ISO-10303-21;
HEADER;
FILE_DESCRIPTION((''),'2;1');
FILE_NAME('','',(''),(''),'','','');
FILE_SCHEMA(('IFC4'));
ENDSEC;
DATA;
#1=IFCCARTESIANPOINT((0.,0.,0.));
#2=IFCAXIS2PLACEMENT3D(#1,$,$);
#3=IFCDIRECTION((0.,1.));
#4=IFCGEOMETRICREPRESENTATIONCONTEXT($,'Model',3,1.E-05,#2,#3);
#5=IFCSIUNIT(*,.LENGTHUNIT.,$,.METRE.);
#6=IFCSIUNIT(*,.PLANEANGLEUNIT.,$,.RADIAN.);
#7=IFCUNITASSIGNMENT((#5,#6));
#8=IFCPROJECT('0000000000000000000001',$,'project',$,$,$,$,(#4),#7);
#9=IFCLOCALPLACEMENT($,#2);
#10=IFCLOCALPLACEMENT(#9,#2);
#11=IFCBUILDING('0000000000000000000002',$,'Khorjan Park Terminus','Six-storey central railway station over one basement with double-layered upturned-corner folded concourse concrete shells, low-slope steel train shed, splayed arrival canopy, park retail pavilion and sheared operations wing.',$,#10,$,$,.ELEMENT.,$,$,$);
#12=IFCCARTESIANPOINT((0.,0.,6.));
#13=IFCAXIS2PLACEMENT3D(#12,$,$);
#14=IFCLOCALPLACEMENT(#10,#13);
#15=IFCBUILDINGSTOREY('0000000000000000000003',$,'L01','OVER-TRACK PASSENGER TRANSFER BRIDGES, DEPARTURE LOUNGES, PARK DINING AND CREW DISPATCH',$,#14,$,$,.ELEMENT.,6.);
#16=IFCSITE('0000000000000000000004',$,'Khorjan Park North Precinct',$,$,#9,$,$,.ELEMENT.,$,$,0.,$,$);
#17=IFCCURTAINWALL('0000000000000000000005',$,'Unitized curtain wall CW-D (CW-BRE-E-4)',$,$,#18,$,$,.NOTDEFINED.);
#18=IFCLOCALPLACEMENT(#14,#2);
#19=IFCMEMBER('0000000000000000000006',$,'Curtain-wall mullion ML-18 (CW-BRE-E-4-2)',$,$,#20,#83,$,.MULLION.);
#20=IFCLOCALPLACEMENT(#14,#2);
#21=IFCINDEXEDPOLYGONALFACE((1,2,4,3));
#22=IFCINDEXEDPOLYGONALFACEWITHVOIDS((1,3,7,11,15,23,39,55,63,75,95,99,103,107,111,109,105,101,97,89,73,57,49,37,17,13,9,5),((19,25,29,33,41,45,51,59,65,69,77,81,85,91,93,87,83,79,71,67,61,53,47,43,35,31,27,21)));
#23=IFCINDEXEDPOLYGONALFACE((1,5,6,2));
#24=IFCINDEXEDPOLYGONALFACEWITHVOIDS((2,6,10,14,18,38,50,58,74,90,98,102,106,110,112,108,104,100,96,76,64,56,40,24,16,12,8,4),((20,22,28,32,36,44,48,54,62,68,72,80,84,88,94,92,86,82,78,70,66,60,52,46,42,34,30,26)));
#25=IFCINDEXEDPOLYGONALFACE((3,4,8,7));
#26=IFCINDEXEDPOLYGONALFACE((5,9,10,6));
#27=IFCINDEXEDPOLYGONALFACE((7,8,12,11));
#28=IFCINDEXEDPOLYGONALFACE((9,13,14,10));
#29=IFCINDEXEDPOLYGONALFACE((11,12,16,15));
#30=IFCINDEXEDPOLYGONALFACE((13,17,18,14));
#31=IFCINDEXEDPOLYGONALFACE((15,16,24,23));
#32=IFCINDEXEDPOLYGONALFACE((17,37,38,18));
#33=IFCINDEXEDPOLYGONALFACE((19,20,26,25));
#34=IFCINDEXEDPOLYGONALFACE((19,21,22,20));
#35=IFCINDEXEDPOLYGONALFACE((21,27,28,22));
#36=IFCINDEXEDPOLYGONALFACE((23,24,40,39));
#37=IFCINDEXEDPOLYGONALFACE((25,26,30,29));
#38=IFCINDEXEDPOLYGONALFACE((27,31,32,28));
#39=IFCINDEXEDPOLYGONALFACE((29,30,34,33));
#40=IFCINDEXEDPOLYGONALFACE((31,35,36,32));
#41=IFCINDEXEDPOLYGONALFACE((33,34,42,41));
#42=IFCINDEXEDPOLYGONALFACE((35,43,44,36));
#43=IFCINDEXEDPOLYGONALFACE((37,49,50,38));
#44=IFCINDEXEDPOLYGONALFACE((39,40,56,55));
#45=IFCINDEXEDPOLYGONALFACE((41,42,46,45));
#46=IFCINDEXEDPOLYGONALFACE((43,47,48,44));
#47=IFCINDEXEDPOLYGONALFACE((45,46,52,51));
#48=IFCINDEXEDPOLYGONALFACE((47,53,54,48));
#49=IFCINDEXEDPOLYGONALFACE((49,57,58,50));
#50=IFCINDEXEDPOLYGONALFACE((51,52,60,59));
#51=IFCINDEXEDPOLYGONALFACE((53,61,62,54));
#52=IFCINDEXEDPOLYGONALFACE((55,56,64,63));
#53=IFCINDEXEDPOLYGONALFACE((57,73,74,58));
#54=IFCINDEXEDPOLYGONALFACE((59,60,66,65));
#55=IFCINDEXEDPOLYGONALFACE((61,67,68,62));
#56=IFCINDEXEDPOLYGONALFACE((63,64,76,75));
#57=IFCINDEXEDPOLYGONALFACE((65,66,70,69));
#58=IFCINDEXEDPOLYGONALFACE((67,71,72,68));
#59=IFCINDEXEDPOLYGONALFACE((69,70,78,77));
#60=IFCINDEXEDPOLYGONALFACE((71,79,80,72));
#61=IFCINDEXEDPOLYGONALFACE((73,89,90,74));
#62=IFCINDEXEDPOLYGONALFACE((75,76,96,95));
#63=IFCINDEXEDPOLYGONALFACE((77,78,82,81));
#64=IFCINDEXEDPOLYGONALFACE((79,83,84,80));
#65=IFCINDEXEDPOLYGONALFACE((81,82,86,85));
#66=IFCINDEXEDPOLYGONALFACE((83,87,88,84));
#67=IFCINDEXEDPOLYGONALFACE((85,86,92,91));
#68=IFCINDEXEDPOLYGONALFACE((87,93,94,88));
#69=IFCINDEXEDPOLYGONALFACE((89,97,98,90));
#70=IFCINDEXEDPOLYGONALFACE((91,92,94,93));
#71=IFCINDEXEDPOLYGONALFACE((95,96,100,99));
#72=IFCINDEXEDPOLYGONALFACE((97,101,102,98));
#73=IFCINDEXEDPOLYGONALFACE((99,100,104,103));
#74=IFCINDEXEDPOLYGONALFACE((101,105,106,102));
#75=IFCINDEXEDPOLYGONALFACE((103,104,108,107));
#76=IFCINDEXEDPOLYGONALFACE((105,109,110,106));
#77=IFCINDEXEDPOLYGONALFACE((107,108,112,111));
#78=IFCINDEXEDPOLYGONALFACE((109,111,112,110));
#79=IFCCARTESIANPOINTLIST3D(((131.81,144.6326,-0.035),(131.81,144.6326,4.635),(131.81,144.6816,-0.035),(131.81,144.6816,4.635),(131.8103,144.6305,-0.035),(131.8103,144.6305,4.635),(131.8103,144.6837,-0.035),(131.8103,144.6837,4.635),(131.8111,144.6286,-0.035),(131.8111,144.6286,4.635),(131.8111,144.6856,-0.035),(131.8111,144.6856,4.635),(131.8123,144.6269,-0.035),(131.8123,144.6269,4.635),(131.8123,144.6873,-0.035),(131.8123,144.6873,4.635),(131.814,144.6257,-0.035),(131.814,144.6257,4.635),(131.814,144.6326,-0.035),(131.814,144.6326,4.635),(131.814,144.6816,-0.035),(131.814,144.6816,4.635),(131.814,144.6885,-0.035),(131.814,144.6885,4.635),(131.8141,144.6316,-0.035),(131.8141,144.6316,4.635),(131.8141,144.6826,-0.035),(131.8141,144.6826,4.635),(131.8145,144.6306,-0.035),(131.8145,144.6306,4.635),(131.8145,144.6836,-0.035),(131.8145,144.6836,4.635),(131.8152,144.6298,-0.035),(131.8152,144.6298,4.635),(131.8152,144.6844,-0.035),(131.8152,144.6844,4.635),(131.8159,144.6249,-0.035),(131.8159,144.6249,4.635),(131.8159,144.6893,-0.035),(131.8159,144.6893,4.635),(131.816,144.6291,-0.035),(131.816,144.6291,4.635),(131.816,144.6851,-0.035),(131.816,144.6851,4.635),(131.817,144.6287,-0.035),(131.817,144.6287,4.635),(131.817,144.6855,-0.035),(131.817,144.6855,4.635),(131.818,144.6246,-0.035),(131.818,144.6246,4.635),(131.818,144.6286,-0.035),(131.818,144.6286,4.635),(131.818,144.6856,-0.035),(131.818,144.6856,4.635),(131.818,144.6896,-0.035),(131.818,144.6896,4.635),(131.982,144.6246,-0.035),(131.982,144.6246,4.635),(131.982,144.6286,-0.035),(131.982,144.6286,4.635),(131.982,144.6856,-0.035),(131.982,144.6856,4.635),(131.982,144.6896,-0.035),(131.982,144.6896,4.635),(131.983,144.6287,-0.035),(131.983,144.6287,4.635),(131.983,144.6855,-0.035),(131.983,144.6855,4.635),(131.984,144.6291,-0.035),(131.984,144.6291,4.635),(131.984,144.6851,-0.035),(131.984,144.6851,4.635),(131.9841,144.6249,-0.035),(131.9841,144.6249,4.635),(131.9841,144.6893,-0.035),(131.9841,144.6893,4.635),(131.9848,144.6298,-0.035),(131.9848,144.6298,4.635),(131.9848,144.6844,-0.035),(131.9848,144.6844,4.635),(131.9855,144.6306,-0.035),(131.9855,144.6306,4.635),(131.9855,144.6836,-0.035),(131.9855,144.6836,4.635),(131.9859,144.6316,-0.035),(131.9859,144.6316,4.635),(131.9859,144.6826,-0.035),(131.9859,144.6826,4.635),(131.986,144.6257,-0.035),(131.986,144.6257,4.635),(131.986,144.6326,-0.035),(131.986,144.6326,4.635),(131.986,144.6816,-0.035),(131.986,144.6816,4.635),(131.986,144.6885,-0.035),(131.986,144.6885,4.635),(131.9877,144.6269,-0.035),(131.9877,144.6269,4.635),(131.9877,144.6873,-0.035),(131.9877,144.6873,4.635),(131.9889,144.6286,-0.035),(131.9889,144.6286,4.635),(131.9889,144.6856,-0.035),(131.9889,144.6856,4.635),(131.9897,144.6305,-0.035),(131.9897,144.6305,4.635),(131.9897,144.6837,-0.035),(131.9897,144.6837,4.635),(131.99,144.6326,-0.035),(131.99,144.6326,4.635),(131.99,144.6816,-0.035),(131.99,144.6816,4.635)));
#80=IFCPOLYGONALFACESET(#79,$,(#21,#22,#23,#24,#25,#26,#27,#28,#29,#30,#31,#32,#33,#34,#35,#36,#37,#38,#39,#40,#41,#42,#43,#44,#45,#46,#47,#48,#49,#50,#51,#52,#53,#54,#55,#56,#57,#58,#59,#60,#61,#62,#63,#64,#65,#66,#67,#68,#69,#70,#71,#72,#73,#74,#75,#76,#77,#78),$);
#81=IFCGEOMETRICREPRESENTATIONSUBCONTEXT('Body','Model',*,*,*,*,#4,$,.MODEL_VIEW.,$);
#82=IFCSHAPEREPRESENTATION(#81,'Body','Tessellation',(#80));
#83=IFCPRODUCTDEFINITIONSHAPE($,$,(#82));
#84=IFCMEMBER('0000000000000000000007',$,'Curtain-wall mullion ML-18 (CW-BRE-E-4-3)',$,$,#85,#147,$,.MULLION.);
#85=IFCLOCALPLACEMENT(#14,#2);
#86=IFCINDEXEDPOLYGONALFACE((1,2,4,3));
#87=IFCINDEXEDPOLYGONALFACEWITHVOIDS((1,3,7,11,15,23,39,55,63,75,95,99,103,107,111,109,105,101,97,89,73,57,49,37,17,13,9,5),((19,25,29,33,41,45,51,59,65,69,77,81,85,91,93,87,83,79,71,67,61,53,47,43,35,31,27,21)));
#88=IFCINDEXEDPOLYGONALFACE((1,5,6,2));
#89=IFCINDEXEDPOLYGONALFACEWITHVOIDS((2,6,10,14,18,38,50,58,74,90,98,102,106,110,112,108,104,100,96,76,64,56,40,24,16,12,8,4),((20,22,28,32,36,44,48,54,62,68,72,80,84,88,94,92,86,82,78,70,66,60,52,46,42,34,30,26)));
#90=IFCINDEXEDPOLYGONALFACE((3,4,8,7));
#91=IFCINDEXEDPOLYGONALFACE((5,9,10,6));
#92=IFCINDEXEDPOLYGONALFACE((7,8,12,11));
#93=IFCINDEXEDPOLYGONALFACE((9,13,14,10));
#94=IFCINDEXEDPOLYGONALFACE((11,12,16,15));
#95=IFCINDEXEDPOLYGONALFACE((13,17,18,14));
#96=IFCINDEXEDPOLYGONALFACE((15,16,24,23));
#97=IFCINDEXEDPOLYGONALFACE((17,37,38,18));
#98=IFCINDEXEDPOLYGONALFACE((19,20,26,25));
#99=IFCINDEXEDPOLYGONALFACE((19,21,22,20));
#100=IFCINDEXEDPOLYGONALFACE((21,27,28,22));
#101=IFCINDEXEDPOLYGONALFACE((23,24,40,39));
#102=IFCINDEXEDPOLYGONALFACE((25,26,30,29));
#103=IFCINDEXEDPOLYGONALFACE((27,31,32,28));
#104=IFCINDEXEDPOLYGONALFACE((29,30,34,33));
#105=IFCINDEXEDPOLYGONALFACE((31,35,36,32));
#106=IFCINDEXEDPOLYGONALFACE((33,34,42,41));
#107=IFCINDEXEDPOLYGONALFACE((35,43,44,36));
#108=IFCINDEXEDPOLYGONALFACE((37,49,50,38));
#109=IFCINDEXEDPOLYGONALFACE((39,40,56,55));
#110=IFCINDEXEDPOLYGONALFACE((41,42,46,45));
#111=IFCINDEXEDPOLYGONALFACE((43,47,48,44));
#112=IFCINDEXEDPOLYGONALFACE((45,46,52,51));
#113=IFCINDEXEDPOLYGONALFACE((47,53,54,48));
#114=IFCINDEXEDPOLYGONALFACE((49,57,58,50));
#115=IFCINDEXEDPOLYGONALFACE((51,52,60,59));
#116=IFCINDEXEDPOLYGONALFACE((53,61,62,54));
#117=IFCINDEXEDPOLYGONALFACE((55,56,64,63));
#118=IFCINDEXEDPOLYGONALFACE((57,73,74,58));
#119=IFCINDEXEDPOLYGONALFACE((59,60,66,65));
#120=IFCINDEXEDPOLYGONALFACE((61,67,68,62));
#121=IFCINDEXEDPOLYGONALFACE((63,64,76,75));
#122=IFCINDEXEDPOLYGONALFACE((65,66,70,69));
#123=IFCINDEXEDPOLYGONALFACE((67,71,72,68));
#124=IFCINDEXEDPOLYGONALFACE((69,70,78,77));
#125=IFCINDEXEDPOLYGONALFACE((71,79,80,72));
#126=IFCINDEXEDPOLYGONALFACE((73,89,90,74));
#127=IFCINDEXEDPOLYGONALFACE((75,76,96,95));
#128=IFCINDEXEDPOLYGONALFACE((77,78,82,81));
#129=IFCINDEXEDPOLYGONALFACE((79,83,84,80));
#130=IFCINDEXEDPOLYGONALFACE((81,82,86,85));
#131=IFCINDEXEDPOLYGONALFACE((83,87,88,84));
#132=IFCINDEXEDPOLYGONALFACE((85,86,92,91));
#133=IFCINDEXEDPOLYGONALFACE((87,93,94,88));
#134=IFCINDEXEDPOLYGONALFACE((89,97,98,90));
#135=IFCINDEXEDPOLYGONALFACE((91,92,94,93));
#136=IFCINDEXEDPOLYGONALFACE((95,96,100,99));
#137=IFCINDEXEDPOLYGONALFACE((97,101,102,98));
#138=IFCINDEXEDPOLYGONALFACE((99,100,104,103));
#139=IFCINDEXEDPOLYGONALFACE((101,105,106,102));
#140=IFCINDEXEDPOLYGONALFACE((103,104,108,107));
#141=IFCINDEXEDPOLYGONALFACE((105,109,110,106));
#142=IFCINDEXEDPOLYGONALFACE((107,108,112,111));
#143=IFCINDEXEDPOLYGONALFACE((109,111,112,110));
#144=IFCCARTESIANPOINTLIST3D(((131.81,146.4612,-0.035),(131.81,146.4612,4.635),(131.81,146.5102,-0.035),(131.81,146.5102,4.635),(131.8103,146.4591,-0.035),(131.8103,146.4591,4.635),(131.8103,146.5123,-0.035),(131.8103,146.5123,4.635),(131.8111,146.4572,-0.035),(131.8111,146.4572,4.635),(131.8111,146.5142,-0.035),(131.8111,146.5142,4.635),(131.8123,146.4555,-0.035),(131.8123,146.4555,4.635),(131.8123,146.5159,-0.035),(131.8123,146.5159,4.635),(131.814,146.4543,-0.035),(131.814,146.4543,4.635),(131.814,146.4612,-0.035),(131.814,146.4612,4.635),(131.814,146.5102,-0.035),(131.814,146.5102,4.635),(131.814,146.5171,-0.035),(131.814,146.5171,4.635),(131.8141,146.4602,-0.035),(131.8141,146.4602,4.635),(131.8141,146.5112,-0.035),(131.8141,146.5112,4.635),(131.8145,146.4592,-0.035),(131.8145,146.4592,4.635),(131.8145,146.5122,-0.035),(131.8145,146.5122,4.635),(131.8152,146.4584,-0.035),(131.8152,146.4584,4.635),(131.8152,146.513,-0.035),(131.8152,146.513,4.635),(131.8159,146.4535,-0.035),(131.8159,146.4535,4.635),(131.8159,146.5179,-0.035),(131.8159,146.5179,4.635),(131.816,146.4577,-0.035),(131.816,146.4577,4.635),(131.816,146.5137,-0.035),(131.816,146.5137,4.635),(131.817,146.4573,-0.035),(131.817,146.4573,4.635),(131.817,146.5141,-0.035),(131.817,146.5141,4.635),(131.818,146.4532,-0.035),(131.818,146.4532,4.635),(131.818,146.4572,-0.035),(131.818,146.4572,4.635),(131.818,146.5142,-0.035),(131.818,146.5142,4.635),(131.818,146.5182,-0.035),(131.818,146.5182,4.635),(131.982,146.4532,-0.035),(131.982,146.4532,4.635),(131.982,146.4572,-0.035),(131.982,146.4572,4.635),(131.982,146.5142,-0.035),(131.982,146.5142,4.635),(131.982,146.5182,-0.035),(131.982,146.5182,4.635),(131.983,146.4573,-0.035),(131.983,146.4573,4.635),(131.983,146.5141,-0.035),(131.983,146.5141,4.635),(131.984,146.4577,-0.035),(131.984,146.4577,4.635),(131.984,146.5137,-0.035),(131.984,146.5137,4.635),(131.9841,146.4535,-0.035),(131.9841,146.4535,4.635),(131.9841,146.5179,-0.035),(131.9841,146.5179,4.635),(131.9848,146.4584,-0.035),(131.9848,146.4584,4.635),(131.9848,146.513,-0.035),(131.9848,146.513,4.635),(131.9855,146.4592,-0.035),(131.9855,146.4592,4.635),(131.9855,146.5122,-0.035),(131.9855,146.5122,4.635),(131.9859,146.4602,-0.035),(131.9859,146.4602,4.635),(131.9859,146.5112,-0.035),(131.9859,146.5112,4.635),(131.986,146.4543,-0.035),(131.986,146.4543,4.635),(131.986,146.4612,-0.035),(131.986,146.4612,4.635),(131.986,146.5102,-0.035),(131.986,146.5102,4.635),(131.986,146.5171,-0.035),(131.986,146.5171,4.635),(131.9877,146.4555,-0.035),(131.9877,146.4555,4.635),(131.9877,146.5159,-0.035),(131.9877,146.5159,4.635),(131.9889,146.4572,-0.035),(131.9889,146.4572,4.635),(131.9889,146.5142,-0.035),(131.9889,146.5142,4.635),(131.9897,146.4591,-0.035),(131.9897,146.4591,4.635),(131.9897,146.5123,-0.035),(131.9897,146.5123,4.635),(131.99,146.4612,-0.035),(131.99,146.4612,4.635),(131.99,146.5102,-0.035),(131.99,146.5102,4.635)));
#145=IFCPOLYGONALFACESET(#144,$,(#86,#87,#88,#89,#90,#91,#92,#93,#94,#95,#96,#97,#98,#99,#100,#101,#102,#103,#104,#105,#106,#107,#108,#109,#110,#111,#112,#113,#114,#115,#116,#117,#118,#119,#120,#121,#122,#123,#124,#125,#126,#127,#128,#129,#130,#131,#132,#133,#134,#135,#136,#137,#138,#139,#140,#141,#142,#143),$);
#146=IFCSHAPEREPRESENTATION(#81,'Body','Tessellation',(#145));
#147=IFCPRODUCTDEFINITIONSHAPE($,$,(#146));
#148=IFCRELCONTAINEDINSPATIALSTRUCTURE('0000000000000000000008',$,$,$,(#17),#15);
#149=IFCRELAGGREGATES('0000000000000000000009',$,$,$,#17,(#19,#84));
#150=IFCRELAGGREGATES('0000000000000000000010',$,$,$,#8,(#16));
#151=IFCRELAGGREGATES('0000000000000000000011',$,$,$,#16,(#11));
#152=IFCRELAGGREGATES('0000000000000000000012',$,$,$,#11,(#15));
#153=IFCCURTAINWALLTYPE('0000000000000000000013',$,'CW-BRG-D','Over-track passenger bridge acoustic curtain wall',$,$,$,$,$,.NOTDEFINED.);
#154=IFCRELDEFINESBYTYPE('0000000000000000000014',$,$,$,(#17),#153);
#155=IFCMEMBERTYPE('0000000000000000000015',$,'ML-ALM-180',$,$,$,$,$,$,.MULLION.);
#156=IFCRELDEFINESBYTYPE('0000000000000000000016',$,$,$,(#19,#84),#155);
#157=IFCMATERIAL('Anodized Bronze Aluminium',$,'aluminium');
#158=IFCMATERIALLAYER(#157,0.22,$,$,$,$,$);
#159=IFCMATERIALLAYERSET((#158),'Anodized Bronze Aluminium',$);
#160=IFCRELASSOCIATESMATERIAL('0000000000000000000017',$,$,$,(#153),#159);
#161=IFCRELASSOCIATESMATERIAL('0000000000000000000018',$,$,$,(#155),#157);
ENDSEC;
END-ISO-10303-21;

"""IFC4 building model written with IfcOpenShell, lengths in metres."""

from ifc_helpers import new_model, si_unit, direction, frame, origin, origin_2d, place, context, subcontext, project, spatial, hollow_rectangle, extrude, material, layer, layer_set, material_profile, profile_set, type_object, element, aggregate, save


model = new_model("IFC4")

# Units and contexts
model_context = context("Model", 3, precision=1e-05, world=origin(), true_north=direction((0.0, 1.0)))
body_context = subcontext(model_context, "Body", "Model", "MODEL_VIEW")
ifc_project = project(units=[si_unit("LENGTHUNIT", "METRE"), si_unit("PLANEANGLEUNIT", "RADIAN")], contexts=[model_context])

# Site, building, storey
site_placement = place(None, origin())
site = spatial("IfcSite", under=ifc_project, at=site_placement, Name="Khorjan Park North Precinct", CompositionType="ELEMENT", RefElevation=0.0)
building_placement = place(site_placement, origin())
building = spatial("IfcBuilding", under=site, at=building_placement, Name="Khorjan Park Terminus", Description="Six-storey central railway station over one basement with double-layered upturned-corner folded concourse concrete shells, low-slope steel train shed, splayed arrival canopy, park retail pavilion and sheared operations wing.", CompositionType="ELEMENT")
storey_placement = place(building_placement, frame((0.0, 0.0, 6.0)))
storey = spatial("IfcBuildingStorey", under=building, at=storey_placement, Name="L01", Description="OVER-TRACK PASSENGER TRANSFER BRIDGES, DEPARTURE LOUNGES, PARK DINING AND CREW DISPATCH", CompositionType="ELEMENT", Elevation=6.0)

# Shared definitions
ifc_material_1 = material(Name="Anodized Bronze Aluminium", Category="aluminium")
ifc_layer_1 = layer(ifc_material_1, 0.22)
ifc_layer_set_1 = layer_set([ifc_layer_1], Name="Anodized Bronze Aluminium")
curtain_wall_type = type_object("IfcCurtainWallType", Name="CW-BRG-D", Description="Over-track passenger bridge acoustic curtain wall", PredefinedType="NOTDEFINED", material=ifc_layer_set_1)
ifc_material_profile_1 = material_profile(ifc_material_1, hollow_rectangle(XDim=0.065, YDim=0.18, WallThickness=0.004, InnerFilletRadius=0.004, OuterFilletRadius=0.008, at=origin_2d()), Name="ALM 65x180x4")
ifc_profile_set_1 = profile_set([ifc_material_profile_1], Name="Anodized Bronze Aluminium")
member_type_1 = type_object("IfcMemberType", Name="ML-ALM-180", PredefinedType="MULLION", material=ifc_profile_set_1)

# Curtain wall, members
curtain_wall_1_placement = place(storey_placement, origin())
curtain_wall_1 = element("IfcCurtainWall", 1, at=curtain_wall_1_placement, inside=storey, type_object=curtain_wall_type, Name="Unitized curtain wall CW-D (CW-BRE-E-4)", PredefinedType="NOTDEFINED")
member_1_placement = place(storey_placement, frame((131.9, 144.6571, -0.035), z_axis=(0.0, 0.0, 1.0), x_axis=(0.0, 1.0, 0.0)))
member_1 = element("IfcMember", 2, at=member_1_placement, type_object=member_type_1, Name="Curtain-wall mullion ML-18 (CW-BRE-E-4-2)", PredefinedType="MULLION", context=body_context, shape_type="SweptSolid", body=[
    extrude(hollow_rectangle(XDim=0.065, YDim=0.18, WallThickness=0.004, InnerFilletRadius=0.004, OuterFilletRadius=0.008, at=origin_2d()), origin(), (0.0, 0.0, 1.0), 4.67),
])
member_2_placement = place(storey_placement, frame((131.9, 146.4857, -0.035), z_axis=(0.0, 0.0, 1.0), x_axis=(0.0, 1.0, 0.0)))
member_2 = element("IfcMember", 3, at=member_2_placement, type_object=member_type_1, Name="Curtain-wall mullion ML-18 (CW-BRE-E-4-3)", PredefinedType="MULLION", context=body_context, shape_type="SweptSolid", body=[
    extrude(hollow_rectangle(XDim=0.065, YDim=0.18, WallThickness=0.004, InnerFilletRadius=0.004, OuterFilletRadius=0.008, at=origin_2d()), origin(), (0.0, 0.0, 1.0), 4.67),
])

aggregate(curtain_wall_1, [member_1, member_2])

save(model, "model.ifc")
